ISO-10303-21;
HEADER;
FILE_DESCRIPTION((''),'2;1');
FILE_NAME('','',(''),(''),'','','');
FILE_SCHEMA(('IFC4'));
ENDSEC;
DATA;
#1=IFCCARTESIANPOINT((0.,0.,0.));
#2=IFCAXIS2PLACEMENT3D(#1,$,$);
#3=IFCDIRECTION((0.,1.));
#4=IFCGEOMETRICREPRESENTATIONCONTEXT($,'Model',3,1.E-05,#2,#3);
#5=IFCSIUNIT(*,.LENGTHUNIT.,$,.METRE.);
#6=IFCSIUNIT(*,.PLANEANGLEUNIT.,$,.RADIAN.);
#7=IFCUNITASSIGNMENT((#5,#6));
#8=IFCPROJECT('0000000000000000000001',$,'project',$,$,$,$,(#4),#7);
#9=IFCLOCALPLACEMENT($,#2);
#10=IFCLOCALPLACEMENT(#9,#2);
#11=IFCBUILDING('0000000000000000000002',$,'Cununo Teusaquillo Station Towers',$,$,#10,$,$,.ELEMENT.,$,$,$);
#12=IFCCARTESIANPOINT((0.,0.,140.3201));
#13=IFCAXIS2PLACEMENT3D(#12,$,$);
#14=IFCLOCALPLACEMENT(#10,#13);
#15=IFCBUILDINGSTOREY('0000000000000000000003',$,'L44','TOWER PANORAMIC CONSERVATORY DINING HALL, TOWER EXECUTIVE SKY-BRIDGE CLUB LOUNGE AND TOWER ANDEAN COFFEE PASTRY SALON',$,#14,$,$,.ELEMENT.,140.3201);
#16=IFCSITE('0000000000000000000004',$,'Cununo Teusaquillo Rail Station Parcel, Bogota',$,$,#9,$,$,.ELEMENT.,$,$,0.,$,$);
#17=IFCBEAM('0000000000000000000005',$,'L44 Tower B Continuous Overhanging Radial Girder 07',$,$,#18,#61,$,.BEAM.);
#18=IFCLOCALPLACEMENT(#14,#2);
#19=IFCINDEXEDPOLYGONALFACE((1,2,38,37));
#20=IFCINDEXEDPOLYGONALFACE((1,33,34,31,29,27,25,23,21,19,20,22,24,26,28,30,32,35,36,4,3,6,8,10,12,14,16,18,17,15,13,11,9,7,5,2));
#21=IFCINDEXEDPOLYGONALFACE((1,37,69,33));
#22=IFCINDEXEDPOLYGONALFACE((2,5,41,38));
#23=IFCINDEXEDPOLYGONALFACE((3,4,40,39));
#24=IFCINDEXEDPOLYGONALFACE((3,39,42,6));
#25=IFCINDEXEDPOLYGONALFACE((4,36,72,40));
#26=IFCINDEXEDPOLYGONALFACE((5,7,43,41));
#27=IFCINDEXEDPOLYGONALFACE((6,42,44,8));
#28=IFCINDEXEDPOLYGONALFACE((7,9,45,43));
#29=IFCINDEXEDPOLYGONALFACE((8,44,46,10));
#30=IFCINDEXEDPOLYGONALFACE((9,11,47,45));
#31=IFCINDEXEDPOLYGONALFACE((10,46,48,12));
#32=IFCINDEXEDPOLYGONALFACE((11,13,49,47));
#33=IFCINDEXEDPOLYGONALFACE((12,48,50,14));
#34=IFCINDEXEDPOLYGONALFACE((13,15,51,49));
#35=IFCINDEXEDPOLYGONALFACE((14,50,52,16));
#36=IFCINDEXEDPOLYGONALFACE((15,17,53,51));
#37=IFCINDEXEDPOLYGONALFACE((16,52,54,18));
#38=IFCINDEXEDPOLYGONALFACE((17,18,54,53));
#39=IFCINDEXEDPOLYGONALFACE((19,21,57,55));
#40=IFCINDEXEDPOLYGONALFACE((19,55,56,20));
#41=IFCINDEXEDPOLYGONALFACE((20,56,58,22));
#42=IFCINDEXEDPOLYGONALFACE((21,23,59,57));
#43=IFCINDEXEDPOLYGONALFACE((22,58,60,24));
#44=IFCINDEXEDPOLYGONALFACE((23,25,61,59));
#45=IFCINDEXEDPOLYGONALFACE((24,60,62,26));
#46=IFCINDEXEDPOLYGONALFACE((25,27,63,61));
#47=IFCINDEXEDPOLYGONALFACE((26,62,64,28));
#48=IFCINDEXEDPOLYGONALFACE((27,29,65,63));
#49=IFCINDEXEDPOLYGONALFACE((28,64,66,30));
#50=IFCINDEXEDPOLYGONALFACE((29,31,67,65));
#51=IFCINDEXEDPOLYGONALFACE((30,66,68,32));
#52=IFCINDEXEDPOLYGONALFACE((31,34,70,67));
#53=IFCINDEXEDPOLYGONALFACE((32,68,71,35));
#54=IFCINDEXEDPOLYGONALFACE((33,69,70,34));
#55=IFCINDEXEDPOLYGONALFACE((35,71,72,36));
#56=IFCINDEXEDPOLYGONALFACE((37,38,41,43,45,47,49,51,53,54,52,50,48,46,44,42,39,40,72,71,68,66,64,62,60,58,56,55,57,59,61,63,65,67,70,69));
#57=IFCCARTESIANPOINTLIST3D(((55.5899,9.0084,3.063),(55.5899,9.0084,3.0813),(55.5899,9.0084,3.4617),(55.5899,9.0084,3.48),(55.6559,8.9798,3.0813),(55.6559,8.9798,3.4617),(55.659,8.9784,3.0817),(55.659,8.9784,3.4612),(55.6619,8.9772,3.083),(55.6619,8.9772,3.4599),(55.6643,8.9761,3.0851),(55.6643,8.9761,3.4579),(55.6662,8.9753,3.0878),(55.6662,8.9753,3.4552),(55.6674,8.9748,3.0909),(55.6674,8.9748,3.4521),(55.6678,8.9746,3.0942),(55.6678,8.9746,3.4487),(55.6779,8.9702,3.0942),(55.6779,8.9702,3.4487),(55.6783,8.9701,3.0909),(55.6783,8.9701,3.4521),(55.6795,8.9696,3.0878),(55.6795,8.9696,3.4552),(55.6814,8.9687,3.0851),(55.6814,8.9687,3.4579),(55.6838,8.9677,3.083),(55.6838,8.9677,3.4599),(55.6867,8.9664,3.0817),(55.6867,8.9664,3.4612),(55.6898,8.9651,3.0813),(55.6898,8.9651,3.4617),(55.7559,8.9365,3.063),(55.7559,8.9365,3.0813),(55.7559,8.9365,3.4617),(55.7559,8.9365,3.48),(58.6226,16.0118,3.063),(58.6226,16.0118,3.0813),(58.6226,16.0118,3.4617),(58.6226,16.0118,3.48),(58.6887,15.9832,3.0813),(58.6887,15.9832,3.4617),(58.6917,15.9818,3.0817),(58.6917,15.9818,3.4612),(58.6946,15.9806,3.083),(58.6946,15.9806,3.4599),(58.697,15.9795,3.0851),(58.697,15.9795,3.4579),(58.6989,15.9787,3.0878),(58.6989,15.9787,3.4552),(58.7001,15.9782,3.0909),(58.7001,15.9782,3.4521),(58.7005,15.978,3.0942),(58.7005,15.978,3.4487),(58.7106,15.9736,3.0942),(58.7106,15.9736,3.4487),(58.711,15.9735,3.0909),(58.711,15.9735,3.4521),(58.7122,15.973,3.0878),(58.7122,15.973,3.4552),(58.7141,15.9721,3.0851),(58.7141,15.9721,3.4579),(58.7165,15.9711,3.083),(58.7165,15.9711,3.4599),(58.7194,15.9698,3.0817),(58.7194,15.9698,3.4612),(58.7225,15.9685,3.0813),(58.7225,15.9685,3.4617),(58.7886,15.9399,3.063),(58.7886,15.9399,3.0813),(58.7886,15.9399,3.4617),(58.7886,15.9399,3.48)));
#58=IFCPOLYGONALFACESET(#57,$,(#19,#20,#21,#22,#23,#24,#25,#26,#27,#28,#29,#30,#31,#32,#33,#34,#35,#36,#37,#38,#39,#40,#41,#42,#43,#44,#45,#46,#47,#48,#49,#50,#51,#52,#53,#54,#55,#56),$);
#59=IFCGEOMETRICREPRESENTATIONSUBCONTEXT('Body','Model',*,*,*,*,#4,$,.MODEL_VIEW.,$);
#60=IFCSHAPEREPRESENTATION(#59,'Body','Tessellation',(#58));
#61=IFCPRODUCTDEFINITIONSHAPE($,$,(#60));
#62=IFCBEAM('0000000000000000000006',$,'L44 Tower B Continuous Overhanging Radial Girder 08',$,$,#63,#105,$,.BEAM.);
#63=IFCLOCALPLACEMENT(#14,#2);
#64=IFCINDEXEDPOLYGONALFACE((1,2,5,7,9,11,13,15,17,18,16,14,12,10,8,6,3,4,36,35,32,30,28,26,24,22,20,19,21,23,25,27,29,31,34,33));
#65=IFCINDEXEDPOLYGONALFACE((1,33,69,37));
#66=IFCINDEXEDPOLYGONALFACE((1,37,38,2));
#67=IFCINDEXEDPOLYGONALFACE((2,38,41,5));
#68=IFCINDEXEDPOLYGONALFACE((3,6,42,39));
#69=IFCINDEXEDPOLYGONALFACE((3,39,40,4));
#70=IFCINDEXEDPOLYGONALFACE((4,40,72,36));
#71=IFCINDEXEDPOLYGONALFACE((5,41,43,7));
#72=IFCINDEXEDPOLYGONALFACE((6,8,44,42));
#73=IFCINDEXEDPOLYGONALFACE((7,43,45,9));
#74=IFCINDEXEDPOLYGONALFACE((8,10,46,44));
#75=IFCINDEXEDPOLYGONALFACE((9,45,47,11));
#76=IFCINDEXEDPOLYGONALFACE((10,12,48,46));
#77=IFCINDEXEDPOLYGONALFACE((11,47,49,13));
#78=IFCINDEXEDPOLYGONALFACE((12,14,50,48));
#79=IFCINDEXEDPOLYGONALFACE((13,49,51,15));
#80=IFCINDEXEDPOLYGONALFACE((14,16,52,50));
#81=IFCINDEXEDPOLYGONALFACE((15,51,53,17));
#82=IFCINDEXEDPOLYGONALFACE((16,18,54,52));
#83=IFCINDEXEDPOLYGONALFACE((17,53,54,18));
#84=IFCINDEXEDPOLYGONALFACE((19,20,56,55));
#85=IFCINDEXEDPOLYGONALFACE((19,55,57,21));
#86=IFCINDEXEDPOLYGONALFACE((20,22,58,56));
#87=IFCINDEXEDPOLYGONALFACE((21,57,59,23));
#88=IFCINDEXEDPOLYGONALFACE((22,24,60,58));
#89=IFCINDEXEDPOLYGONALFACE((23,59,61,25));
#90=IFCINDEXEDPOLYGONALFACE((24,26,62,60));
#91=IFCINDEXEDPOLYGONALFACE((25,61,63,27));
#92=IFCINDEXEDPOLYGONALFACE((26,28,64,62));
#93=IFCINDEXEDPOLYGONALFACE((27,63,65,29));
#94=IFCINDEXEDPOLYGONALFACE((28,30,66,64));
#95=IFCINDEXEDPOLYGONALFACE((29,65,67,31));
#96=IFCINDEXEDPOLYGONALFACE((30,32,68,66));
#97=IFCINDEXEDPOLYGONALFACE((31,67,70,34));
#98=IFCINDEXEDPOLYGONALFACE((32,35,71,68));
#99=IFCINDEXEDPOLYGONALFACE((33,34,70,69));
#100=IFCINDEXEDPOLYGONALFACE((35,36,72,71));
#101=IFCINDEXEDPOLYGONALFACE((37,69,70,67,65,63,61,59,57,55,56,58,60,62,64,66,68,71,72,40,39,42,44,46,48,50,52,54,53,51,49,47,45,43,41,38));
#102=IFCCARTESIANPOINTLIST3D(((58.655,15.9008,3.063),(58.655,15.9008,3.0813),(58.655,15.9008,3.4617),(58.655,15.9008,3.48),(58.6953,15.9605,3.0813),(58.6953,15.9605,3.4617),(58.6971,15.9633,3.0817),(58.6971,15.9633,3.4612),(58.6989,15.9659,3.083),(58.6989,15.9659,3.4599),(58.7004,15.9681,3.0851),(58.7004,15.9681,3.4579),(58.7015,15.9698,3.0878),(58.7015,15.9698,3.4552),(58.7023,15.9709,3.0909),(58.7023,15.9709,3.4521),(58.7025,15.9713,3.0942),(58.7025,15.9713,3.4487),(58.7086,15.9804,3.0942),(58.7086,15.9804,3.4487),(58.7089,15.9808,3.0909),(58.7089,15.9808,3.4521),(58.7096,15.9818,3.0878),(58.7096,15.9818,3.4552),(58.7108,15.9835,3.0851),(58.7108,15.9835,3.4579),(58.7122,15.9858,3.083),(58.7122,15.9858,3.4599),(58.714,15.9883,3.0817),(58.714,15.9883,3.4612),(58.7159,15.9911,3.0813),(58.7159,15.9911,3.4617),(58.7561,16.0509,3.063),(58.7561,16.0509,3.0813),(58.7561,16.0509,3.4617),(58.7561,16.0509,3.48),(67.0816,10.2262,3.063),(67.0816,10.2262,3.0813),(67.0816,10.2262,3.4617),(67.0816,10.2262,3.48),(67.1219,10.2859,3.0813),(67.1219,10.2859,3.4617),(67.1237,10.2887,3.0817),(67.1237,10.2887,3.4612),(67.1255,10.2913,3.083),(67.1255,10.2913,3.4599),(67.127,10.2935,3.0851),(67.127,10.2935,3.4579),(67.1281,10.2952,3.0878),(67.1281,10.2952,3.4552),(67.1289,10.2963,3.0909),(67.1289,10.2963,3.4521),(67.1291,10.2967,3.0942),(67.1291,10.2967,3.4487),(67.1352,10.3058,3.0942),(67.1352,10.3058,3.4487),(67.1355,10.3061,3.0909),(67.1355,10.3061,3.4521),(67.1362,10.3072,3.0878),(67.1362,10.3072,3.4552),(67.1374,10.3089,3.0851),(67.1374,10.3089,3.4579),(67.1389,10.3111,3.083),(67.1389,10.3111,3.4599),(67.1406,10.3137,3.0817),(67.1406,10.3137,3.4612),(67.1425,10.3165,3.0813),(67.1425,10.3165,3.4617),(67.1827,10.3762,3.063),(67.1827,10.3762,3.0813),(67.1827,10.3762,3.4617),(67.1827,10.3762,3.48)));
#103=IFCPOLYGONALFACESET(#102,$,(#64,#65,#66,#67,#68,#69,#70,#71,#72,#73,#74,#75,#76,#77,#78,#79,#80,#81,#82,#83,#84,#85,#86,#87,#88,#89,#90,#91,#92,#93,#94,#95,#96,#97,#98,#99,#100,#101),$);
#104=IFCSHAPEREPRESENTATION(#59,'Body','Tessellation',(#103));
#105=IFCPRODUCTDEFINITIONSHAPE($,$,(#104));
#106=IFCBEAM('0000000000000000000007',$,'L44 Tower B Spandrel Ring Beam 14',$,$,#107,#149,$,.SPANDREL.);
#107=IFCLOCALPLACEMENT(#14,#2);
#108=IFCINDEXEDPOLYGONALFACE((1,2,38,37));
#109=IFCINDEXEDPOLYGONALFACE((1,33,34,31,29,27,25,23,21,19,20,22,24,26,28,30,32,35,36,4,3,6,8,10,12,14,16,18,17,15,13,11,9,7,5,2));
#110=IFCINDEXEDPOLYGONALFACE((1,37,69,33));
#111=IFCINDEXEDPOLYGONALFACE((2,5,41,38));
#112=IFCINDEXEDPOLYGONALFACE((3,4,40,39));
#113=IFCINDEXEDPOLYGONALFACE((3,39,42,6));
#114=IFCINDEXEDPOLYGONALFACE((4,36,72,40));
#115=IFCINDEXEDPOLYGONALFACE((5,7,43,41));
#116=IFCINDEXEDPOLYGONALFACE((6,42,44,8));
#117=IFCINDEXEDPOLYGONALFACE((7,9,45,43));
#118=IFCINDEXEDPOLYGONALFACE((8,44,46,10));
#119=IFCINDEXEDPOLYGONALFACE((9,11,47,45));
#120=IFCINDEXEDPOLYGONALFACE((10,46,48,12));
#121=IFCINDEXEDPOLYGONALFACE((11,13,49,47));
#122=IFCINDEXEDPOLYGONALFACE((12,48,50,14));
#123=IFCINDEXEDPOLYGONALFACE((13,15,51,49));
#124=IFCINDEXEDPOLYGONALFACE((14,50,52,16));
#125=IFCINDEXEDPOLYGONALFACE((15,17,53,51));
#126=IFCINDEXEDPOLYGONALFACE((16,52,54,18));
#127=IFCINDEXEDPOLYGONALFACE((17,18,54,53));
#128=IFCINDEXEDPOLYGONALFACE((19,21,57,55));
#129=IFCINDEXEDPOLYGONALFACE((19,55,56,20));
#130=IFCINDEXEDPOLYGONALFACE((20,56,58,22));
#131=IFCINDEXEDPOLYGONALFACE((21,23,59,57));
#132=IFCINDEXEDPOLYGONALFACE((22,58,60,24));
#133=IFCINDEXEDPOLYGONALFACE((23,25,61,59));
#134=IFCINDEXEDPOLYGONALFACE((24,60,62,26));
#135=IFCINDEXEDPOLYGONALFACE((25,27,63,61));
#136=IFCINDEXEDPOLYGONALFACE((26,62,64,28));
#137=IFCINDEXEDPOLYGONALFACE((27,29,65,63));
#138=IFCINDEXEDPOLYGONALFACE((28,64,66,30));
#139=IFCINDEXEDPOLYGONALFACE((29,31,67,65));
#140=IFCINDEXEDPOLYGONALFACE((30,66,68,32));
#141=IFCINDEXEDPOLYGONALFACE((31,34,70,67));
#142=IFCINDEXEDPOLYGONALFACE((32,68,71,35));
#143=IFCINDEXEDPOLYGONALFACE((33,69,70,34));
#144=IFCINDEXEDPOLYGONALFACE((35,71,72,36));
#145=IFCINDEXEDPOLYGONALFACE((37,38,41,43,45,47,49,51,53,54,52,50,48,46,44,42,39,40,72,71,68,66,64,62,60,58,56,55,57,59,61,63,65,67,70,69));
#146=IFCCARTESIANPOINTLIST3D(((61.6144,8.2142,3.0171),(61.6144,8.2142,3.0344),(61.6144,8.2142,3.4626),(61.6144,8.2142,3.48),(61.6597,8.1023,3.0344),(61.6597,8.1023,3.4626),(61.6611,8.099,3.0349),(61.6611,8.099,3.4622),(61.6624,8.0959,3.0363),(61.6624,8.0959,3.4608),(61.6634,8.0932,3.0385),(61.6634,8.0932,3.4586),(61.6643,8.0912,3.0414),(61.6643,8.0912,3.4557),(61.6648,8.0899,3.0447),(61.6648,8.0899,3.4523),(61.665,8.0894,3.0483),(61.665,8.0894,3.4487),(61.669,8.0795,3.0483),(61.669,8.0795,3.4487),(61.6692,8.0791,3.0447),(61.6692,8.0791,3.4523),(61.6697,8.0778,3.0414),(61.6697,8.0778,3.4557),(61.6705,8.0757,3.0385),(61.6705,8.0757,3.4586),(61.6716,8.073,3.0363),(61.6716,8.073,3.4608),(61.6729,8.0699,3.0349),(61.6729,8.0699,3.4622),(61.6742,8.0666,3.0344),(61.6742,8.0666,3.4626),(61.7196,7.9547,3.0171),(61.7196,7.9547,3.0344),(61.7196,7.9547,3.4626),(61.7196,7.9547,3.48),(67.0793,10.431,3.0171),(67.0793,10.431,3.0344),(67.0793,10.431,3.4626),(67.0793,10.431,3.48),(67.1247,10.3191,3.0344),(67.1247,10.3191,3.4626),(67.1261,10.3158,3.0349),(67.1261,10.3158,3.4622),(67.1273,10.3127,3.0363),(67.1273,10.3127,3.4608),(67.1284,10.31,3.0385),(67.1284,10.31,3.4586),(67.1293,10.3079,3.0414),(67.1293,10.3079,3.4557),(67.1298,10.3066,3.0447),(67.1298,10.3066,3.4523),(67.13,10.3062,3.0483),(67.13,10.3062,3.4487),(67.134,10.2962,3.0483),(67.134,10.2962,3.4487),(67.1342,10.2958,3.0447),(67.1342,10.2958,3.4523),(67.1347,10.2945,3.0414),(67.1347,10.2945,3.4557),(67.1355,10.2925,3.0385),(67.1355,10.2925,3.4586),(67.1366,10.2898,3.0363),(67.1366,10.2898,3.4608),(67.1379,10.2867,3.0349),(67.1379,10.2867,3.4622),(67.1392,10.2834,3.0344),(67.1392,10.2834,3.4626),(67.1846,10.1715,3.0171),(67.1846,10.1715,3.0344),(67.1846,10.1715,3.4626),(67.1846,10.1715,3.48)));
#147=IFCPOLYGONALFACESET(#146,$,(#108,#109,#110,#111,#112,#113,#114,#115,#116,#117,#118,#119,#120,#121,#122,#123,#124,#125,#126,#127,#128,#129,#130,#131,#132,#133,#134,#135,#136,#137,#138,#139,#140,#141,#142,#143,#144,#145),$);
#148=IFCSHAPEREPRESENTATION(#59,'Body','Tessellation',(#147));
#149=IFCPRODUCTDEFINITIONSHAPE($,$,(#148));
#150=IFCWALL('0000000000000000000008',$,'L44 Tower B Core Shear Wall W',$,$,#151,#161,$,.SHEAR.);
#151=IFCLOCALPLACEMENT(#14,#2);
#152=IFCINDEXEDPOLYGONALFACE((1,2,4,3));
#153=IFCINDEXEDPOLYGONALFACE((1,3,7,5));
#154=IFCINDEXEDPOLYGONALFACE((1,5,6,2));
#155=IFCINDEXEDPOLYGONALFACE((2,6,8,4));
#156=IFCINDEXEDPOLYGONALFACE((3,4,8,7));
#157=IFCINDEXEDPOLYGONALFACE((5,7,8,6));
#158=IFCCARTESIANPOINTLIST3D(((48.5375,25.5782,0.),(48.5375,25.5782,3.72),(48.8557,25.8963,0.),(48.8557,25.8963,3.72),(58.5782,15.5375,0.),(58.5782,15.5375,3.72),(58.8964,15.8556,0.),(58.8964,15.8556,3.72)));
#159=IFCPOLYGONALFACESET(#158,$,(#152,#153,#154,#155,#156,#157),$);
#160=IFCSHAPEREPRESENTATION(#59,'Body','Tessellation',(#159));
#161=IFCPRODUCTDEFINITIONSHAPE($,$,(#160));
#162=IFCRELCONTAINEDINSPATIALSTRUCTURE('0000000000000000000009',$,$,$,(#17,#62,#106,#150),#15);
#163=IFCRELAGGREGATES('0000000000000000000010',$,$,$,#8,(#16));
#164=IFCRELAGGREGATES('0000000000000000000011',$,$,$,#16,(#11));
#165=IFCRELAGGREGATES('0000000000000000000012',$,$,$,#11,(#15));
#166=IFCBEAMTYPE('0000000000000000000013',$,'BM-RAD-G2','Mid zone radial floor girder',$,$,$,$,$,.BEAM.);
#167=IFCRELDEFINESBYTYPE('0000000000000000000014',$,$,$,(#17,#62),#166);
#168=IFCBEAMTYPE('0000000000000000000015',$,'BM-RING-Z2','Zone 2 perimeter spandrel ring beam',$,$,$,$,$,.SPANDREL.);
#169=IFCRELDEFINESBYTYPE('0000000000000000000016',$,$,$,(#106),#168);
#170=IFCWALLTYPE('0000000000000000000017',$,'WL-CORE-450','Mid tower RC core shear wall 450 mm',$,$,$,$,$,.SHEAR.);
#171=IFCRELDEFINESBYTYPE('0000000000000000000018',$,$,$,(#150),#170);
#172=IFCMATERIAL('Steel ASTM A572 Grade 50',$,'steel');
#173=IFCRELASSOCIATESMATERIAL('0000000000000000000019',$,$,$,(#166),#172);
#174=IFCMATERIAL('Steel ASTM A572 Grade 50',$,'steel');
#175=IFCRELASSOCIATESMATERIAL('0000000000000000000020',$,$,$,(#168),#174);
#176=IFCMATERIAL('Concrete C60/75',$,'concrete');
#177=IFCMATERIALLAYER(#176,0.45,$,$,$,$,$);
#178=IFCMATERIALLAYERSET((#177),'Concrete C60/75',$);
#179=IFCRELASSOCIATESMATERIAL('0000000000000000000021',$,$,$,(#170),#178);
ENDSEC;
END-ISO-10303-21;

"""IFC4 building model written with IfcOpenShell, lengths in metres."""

from ifc_helpers import new_model, si_unit, direction, frame, frame_2d, origin, origin_2d, place, context, subcontext, project, spatial, rectangle, i_section, extrude, material, layer, layer_set, material_profile, profile_set, type_object, element, save


model = new_model("IFC4")

# Units and contexts
model_context = context("Model", 3, precision=1e-05, world=origin(), true_north=direction((0.0, 1.0)))
body_context = subcontext(model_context, "Body", "Model", "MODEL_VIEW")
ifc_project = project(units=[si_unit("LENGTHUNIT", "METRE"), si_unit("PLANEANGLEUNIT", "RADIAN")], contexts=[model_context])

# Site, building, storey
site_placement = place(None, origin())
site = spatial("IfcSite", under=ifc_project, at=site_placement, Name="Cununo Teusaquillo Rail Station Parcel, Bogota", CompositionType="ELEMENT", RefElevation=0.0)
building_placement = place(site_placement, origin())
building = spatial("IfcBuilding", under=site, at=building_placement, Name="Cununo Teusaquillo Station Towers", CompositionType="ELEMENT")
storey_placement = place(building_placement, frame((0.0, 0.0, 140.3201)))
storey = spatial("IfcBuildingStorey", under=building, at=storey_placement, Name="L44", Description="TOWER PANORAMIC CONSERVATORY DINING HALL, TOWER EXECUTIVE SKY-BRIDGE CLUB LOUNGE AND TOWER ANDEAN COFFEE PASTRY SALON", CompositionType="ELEMENT", Elevation=140.3201)

# Beams
ifc_material_1 = material(Name="Steel ASTM A572 Grade 50", Category="steel")
ifc_material_profile_1 = material_profile(ifc_material_1, i_section(OverallWidth=0.1809, OverallDepth=0.417, WebThickness=0.011, FlangeThickness=0.0183, FilletRadius=0.0129, at=origin_2d()), Name="W16X57")
ifc_profile_set_1 = profile_set([ifc_material_profile_1], Name="Steel ASTM A572 Grade 50")
beam_type_1 = type_object("IfcBeamType", Name="BM-RAD-G2", Description="Mid zone radial floor girder", PredefinedType="BEAM", material=ifc_profile_set_1)
beam_1_placement = place(storey_placement, frame((58.7056, 15.9758, 3.2715), z_axis=(-0.397376, -0.917656, 0.0), x_axis=(0.917656, -0.397376, 0.0)))
element("IfcBeam", 1, at=beam_1_placement, inside=storey, type_object=beam_type_1, Name="L44 Tower B Continuous Overhanging Radial Girder 07", PredefinedType="BEAM", context=body_context, shape_type="SweptSolid", body=[
    extrude(i_section(OverallWidth=0.1809, OverallDepth=0.417, WebThickness=0.011, FlangeThickness=0.0183, FilletRadius=0.0129, at=origin_2d()), origin(), (0.0, 0.0, 1.0), 7.6318),
])
beam_2_placement = place(storey_placement, frame((58.7056, 15.9758, 3.2715), z_axis=(0.829457, -0.558571, 0.0), x_axis=(0.558571, 0.829457, 0.0)))
element("IfcBeam", 2, at=beam_2_placement, inside=storey, type_object=beam_type_1, Name="L44 Tower B Continuous Overhanging Radial Girder 08", PredefinedType="BEAM", context=body_context, shape_type="SweptSolid", body=[
    extrude(i_section(OverallWidth=0.1809, OverallDepth=0.417, WebThickness=0.011, FlangeThickness=0.0183, FilletRadius=0.0129, at=origin_2d()), origin(), (0.0, 0.0, 1.0), 10.1592),
])
ifc_material_2 = material(Name="Steel ASTM A572 Grade 50", Category="steel")
ifc_material_profile_2 = material_profile(ifc_material_2, i_section(OverallWidth=0.28, OverallDepth=0.4629, WebThickness=0.0107, FlangeThickness=0.0173, FilletRadius=0.0139, at=origin_2d()), Name="W18X76")
ifc_profile_set_2 = profile_set([ifc_material_profile_2], Name="Steel ASTM A572 Grade 50")
beam_type_2 = type_object("IfcBeamType", Name="BM-RING-Z2", Description="Zone 2 perimeter spandrel ring beam", PredefinedType="SPANDREL", material=ifc_profile_set_2)
beam_3_placement = place(storey_placement, frame((61.667, 8.0845, 3.2485), z_axis=(0.926667, 0.375883, 0.0), x_axis=(-0.375883, 0.926667, 0.0)))
element("IfcBeam", 3, at=beam_3_placement, inside=storey, type_object=beam_type_2, Name="L44 Tower B Spandrel Ring Beam 14", PredefinedType="SPANDREL", context=body_context, shape_type="SweptSolid", body=[
    extrude(i_section(OverallWidth=0.28, OverallDepth=0.4629, WebThickness=0.0107, FlangeThickness=0.0173, FilletRadius=0.0139, at=origin_2d()), origin(), (0.0, 0.0, 1.0), 5.8975),
])

# Wall
ifc_material_3 = material(Name="Concrete C60/75", Category="concrete")
ifc_layer_1 = layer(ifc_material_3, 0.45)
ifc_layer_set_1 = layer_set([ifc_layer_1], Name="Concrete C60/75")
wall_type_1 = type_object("IfcWallType", Name="WL-CORE-450", Description="Mid tower RC core shear wall 450 mm", PredefinedType="SHEAR", material=ifc_layer_set_1)
wall_1_placement = place(storey_placement, frame((58.7373, 15.6965, 0.0), z_axis=(0.0, 0.0, 1.0), x_axis=(-0.707107, 0.707107, 0.0)))
element("IfcWall", 4, at=wall_1_placement, inside=storey, type_object=wall_type_1, Name="L44 Tower B Core Shear Wall W", PredefinedType="SHEAR", context=body_context, shape_type="SweptSolid", body=[
    extrude(rectangle(XDim=14.1997, YDim=0.45, at=frame_2d((7.0999, 0.0))), origin(), (0.0, 0.0, 1.0), 3.72),
])

save(model, "model.ifc")
